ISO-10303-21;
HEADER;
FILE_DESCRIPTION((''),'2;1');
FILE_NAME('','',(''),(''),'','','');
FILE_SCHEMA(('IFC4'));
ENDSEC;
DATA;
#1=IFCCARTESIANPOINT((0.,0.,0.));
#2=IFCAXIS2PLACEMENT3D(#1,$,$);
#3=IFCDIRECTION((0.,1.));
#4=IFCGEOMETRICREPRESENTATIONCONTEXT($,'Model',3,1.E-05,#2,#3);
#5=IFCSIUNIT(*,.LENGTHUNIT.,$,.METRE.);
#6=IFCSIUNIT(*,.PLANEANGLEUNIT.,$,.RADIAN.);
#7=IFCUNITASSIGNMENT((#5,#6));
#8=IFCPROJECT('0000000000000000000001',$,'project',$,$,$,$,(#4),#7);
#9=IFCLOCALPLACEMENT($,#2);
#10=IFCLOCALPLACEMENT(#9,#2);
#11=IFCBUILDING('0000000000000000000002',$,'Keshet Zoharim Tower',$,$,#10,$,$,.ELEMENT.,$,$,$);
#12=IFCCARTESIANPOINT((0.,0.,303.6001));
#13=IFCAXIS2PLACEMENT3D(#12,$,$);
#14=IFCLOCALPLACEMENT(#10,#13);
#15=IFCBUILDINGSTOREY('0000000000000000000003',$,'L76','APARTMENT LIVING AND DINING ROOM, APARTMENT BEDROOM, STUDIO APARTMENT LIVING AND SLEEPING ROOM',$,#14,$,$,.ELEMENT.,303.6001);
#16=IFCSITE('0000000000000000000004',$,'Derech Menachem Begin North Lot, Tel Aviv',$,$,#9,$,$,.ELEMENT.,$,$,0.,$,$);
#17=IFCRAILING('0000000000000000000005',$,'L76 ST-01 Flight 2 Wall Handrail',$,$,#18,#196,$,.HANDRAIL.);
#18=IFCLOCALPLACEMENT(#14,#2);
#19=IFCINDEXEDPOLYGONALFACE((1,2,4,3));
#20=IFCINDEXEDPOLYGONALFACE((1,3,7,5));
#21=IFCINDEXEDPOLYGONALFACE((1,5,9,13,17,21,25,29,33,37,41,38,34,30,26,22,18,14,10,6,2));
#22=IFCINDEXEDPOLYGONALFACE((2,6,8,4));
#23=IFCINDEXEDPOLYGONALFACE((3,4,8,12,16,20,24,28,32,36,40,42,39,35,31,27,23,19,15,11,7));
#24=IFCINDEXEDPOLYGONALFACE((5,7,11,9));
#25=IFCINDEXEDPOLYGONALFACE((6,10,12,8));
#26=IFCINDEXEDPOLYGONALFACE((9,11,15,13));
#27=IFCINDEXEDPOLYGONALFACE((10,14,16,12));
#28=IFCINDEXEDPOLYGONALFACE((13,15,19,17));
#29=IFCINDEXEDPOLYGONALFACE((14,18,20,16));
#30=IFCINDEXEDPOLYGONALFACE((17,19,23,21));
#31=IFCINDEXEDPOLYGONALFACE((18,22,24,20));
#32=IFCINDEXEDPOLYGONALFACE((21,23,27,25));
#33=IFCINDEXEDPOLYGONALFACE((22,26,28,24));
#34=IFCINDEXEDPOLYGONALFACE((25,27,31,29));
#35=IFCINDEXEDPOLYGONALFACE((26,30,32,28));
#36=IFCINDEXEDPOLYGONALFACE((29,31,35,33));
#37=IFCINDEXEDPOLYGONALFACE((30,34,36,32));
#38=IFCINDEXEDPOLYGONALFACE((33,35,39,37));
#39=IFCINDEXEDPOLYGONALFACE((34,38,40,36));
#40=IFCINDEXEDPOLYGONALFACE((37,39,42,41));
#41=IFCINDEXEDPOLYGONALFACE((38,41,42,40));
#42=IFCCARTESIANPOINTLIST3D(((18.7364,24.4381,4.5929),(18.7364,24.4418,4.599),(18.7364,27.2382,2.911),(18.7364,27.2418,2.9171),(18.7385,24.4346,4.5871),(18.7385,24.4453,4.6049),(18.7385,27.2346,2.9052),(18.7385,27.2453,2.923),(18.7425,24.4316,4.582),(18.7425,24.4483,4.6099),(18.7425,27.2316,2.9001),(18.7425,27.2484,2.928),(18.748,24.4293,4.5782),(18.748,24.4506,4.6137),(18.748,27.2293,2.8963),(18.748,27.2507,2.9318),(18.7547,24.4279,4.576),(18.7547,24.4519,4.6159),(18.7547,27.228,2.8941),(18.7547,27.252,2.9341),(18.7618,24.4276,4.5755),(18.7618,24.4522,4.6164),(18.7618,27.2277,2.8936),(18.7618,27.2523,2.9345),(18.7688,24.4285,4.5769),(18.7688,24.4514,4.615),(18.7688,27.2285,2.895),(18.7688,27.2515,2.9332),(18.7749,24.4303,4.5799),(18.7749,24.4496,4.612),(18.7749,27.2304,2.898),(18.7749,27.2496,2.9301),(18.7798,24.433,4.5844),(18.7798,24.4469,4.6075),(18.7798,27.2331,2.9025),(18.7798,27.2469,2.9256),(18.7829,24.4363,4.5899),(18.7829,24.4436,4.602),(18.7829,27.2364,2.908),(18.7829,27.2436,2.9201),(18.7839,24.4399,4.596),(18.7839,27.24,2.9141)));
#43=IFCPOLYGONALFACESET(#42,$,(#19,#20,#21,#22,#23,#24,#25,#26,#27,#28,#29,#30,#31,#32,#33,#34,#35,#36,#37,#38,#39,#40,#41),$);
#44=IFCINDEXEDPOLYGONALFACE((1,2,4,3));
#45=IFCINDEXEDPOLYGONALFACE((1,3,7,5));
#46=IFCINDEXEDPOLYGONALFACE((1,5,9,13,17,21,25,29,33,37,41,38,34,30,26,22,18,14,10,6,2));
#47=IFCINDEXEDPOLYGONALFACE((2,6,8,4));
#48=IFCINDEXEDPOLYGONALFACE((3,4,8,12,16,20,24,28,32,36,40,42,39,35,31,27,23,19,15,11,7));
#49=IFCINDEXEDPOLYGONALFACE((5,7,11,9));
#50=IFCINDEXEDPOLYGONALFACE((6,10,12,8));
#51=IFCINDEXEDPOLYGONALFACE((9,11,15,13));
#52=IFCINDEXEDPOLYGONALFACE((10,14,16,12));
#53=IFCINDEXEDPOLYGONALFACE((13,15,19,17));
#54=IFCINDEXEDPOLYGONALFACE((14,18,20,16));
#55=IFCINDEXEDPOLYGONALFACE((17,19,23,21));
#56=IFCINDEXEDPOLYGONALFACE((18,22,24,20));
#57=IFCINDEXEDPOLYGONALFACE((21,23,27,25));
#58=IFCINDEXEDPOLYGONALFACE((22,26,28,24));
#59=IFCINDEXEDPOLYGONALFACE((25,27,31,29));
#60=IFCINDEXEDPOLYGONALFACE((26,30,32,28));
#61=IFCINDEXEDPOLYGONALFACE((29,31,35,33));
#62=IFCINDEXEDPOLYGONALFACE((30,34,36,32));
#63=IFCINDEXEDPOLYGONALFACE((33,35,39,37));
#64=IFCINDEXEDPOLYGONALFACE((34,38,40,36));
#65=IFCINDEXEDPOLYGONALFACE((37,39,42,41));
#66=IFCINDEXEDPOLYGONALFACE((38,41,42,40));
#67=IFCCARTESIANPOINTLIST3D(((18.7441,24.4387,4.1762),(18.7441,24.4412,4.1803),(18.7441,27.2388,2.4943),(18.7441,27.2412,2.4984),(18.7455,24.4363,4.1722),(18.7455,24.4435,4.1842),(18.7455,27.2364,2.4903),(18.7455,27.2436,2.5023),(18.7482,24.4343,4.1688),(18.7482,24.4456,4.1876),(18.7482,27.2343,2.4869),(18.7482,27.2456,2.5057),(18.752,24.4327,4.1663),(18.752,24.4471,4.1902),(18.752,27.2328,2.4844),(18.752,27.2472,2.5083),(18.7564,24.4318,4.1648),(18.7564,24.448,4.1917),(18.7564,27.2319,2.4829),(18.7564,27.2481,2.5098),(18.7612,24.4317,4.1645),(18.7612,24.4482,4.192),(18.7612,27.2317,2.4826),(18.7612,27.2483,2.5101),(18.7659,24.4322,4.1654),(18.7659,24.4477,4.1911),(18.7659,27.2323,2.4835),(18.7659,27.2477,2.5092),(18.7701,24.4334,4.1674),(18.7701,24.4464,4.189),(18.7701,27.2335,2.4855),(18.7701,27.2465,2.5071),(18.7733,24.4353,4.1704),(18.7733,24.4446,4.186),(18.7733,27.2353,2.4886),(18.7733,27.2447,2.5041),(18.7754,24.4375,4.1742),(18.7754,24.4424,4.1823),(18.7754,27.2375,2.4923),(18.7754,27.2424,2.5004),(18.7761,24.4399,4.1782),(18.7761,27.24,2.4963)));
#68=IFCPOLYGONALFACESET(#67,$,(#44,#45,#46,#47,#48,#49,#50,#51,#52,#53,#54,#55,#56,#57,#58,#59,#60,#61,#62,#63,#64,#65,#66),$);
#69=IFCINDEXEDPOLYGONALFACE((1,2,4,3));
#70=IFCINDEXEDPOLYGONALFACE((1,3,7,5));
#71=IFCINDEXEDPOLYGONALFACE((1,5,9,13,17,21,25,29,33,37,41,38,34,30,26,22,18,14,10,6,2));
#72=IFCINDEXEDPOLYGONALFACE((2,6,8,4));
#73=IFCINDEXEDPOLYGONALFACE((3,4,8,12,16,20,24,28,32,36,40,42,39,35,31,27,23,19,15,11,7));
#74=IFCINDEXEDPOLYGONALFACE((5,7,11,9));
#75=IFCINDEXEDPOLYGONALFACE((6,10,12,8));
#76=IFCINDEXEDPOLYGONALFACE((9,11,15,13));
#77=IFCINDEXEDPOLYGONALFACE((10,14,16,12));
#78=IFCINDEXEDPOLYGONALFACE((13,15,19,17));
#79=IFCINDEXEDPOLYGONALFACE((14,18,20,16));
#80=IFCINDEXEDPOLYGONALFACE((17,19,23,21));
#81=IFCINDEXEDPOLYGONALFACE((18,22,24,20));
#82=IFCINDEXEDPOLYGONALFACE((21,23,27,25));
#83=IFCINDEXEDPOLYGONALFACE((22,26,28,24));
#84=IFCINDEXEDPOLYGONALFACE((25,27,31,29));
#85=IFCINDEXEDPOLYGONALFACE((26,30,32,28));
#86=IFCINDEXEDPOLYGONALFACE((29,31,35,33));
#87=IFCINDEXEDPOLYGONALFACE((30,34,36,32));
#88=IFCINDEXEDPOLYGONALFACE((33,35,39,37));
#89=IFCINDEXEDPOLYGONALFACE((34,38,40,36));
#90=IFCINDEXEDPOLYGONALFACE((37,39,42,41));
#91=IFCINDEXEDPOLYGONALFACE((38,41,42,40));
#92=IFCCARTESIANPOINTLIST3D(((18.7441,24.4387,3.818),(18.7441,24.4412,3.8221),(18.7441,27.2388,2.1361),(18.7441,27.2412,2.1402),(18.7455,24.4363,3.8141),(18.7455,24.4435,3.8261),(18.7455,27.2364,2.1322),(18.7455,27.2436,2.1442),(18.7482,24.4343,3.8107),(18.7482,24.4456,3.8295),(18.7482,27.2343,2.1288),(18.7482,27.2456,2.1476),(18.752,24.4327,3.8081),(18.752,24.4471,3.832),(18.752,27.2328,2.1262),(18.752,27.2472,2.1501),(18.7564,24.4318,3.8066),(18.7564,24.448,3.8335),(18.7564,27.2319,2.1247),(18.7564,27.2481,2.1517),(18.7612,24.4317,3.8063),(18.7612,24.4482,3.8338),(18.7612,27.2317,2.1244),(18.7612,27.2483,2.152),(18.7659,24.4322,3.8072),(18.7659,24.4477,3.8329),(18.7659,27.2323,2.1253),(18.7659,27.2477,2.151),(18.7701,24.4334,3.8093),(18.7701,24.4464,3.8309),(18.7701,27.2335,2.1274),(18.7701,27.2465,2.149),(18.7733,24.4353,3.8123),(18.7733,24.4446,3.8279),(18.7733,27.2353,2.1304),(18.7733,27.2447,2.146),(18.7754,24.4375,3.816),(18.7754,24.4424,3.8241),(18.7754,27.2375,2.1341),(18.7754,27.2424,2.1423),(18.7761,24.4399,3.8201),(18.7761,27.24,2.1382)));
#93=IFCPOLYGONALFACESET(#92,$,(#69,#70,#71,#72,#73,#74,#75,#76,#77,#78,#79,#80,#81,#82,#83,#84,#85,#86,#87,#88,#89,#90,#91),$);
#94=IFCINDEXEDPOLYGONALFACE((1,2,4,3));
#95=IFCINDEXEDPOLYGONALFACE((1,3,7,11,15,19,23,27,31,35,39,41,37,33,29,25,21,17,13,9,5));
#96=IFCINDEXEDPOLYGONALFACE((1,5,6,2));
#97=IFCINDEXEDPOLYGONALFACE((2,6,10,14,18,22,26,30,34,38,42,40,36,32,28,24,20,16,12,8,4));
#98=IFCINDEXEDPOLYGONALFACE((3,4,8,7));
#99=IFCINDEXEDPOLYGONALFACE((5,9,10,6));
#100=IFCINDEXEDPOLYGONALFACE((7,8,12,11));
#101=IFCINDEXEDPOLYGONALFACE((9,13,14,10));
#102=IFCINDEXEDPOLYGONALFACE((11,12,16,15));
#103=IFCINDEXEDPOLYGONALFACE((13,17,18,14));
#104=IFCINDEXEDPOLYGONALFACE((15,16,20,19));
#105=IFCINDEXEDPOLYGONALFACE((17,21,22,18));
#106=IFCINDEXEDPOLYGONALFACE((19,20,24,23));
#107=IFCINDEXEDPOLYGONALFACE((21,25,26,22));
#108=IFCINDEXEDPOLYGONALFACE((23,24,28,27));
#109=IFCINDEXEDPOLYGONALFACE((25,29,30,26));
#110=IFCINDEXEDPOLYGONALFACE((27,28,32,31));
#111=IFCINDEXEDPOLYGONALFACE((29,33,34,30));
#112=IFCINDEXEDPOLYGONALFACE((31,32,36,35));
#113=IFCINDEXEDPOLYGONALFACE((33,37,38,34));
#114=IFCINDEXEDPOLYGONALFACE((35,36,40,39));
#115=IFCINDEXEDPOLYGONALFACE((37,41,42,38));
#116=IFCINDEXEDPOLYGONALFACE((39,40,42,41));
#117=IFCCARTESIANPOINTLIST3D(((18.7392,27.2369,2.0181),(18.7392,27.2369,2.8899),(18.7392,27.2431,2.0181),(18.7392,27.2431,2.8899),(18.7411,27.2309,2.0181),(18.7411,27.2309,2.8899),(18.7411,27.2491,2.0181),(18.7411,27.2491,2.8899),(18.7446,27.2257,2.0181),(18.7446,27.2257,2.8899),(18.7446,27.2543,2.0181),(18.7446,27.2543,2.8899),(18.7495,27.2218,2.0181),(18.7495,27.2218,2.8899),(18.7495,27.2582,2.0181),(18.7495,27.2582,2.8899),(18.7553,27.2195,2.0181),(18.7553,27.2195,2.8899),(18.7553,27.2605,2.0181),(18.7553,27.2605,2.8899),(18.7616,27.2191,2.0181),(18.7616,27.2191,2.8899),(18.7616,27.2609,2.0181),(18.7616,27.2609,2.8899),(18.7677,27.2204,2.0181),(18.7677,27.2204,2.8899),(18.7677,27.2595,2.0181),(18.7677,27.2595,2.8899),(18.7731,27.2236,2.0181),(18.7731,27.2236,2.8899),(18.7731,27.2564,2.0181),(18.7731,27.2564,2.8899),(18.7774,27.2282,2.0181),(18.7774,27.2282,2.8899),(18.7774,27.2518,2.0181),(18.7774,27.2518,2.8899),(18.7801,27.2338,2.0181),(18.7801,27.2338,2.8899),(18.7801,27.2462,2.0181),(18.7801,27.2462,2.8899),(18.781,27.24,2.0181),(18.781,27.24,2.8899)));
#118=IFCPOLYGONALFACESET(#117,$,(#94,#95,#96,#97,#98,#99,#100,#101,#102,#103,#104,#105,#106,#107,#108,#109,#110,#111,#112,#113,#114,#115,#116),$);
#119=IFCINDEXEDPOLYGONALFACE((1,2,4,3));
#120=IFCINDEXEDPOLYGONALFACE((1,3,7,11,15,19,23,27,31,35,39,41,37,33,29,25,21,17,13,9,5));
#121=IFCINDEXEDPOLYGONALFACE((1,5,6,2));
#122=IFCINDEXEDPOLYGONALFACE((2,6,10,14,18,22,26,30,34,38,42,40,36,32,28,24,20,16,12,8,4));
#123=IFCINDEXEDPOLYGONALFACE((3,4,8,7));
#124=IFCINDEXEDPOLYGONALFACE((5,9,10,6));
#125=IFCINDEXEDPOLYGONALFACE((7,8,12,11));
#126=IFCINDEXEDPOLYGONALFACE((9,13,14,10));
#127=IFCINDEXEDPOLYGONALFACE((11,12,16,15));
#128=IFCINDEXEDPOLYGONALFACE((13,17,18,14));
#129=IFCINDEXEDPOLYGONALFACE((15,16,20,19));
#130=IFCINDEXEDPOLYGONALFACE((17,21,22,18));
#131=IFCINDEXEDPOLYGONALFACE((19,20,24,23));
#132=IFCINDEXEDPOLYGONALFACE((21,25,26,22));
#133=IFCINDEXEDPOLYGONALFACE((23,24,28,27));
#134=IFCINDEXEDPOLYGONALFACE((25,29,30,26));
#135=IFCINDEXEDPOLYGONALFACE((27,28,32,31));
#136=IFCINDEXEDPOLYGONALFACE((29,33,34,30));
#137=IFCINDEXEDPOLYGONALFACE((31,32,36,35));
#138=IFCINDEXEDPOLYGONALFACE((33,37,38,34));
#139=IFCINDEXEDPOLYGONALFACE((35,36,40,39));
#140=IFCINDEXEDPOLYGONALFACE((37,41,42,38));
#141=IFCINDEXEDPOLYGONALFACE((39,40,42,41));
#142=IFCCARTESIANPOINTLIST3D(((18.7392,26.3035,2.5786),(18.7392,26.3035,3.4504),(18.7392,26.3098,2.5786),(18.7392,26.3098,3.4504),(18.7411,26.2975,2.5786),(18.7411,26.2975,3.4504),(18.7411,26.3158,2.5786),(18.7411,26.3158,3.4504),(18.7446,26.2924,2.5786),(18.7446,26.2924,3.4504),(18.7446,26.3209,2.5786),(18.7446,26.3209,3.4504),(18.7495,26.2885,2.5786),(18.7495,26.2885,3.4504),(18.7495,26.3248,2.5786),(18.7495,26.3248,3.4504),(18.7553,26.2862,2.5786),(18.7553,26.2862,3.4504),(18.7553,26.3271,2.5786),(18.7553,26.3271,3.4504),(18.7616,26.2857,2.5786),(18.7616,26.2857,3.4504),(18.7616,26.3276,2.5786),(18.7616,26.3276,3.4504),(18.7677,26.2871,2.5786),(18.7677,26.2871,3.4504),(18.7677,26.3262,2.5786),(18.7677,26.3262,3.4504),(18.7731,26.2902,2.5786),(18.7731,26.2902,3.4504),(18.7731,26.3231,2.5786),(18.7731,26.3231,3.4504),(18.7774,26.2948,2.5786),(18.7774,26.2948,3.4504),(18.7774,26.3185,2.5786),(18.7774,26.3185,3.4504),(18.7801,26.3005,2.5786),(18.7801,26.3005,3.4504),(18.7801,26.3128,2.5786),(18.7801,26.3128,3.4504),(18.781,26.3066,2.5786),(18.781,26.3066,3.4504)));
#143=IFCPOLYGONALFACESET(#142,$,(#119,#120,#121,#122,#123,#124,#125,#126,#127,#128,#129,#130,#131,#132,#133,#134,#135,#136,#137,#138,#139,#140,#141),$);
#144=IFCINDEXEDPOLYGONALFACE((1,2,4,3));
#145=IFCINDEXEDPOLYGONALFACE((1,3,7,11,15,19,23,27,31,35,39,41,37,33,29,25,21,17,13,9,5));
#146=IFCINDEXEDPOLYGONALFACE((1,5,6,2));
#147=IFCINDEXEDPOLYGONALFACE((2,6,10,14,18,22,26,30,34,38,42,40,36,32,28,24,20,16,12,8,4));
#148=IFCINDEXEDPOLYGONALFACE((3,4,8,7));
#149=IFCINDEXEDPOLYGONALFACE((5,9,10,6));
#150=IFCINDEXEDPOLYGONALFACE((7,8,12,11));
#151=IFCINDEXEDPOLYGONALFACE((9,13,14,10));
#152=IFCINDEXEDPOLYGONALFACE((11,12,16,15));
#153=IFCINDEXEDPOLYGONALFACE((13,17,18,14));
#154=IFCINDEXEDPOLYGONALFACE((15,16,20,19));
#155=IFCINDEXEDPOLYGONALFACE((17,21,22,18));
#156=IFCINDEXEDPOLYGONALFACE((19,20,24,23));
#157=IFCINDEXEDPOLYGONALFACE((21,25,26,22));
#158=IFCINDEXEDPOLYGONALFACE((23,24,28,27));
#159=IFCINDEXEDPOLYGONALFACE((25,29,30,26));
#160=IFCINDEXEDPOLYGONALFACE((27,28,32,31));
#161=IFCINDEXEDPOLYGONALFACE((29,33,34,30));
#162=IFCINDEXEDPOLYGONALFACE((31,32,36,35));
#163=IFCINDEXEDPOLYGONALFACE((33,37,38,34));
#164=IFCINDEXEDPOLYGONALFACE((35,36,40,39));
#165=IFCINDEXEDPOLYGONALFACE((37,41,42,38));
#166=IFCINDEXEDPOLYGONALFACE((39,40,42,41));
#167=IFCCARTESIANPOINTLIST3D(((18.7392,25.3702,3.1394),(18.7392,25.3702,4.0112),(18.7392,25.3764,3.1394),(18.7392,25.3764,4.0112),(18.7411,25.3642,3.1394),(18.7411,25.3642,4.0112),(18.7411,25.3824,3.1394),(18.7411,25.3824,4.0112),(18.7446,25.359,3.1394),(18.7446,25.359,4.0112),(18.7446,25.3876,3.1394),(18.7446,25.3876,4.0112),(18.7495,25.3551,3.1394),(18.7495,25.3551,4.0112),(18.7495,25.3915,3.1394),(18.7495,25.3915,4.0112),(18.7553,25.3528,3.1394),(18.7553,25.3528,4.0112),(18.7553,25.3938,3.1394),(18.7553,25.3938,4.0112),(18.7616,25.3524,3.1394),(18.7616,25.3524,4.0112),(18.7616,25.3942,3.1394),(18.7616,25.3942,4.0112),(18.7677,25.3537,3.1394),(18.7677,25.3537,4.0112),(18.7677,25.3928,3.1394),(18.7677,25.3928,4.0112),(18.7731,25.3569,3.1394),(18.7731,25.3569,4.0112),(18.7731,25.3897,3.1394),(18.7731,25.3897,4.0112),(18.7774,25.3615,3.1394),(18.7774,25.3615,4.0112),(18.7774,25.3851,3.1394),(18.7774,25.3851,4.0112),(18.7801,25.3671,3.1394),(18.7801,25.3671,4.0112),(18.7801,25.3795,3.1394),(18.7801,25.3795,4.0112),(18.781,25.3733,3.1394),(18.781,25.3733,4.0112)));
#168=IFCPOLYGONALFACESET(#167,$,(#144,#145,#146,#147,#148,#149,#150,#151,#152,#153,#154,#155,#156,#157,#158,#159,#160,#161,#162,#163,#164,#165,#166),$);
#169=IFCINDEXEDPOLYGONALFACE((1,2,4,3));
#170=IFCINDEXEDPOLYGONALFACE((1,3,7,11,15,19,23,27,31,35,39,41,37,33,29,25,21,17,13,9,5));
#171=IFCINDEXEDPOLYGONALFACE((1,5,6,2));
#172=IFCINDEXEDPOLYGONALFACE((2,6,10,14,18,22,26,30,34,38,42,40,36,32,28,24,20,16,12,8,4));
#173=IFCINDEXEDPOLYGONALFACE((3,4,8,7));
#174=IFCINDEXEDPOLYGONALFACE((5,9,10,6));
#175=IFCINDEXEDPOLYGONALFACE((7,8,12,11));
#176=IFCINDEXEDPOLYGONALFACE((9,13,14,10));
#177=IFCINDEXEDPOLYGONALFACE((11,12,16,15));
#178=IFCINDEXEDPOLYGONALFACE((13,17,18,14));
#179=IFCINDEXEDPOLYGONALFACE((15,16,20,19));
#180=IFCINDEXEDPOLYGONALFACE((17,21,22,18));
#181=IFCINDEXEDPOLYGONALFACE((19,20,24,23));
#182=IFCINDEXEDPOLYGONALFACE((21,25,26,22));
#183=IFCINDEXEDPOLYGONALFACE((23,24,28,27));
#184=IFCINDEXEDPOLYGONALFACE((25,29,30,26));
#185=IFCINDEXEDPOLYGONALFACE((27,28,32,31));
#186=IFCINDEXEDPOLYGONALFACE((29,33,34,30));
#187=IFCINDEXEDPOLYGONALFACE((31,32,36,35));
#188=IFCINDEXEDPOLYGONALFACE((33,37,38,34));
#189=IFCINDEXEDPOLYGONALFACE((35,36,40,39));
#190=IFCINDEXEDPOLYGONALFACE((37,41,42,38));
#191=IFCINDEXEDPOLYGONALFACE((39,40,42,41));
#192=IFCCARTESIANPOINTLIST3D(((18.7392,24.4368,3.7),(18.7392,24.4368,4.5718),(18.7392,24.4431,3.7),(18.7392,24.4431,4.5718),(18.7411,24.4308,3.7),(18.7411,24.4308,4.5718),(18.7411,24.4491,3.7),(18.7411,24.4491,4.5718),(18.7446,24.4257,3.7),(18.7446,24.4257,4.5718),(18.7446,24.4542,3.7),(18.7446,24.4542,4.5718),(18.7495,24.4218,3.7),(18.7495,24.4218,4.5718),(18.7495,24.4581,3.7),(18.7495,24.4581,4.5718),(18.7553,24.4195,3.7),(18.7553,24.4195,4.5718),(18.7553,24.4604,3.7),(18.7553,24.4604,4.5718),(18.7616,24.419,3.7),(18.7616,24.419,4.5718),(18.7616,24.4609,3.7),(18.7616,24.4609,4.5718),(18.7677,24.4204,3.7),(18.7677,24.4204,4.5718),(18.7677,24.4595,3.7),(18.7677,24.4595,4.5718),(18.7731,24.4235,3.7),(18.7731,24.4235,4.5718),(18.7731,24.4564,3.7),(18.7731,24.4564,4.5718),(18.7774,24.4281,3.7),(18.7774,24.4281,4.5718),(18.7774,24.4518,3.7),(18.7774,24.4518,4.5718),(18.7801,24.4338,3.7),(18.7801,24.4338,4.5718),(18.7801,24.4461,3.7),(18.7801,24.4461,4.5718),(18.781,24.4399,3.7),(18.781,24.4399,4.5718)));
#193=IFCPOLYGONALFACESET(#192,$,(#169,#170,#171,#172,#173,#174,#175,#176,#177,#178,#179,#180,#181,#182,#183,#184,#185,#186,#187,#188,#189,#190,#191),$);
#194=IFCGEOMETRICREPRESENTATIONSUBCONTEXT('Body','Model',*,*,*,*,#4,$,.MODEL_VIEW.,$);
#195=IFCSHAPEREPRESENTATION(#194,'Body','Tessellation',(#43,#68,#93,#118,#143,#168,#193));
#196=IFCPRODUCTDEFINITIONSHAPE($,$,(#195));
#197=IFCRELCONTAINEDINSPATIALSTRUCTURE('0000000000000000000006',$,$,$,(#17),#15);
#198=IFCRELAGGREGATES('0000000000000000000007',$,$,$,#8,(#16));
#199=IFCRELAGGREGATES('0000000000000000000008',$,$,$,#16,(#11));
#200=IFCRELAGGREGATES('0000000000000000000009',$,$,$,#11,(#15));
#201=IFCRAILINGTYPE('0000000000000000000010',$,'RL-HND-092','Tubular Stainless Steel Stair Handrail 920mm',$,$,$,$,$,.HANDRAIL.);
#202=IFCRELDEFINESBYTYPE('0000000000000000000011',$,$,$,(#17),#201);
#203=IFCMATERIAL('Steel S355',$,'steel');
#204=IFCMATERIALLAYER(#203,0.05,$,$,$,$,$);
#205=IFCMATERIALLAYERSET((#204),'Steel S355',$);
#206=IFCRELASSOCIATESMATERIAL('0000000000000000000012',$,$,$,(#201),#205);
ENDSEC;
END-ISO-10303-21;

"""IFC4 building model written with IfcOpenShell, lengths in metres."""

from ifc_helpers import new_model, si_unit, direction, frame, origin, origin_2d, place, context, subcontext, project, spatial, circle, extrude, material, layer, layer_set, type_object, element, save


model = new_model("IFC4")

# Units and contexts
model_context = context("Model", 3, precision=1e-05, world=origin(), true_north=direction((0.0, 1.0)))
body_context = subcontext(model_context, "Body", "Model", "MODEL_VIEW")
ifc_project = project(units=[si_unit("LENGTHUNIT", "METRE"), si_unit("PLANEANGLEUNIT", "RADIAN")], contexts=[model_context])

# Site, building, storey
site_placement = place(None, origin())
site = spatial("IfcSite", under=ifc_project, at=site_placement, Name="Derech Menachem Begin North Lot, Tel Aviv", CompositionType="ELEMENT", RefElevation=0.0)
building_placement = place(site_placement, origin())
building = spatial("IfcBuilding", under=site, at=building_placement, Name="Keshet Zoharim Tower", CompositionType="ELEMENT")
storey_placement = place(building_placement, frame((0.0, 0.0, 303.6001)))
storey = spatial("IfcBuildingStorey", under=building, at=storey_placement, Name="L76", Description="APARTMENT LIVING AND DINING ROOM, APARTMENT BEDROOM, STUDIO APARTMENT LIVING AND SLEEPING ROOM", CompositionType="ELEMENT", Elevation=303.6001)

# Shared definitions
ifc_material_1 = material(Name="Steel S355", Category="steel")

# Railing
ifc_layer_1 = layer(ifc_material_1, 0.05)
ifc_layer_set_1 = layer_set([ifc_layer_1], Name="Steel S355")
railing_type_1 = type_object("IfcRailingType", Name="RL-HND-092", Description="Tubular Stainless Steel Stair Handrail 920mm", PredefinedType="HANDRAIL", material=ifc_layer_set_1)
railing_1_placement = place(storey_placement, frame((18.76, 27.24, 2.0181)))
element("IfcRailing", 1, at=railing_1_placement, inside=storey, type_object=railing_type_1, Name="L76 ST-01 Flight 2 Wall Handrail", PredefinedType="HANDRAIL", context=body_context, shape_type="SweptSolid", body=[
    extrude(circle(Radius=0.0239, at=origin_2d()), frame((0.0, 0.0, 0.896), z_axis=(0.0, -0.857242, 0.514913), x_axis=(1.0, 0.0, 0.0)), (0.0, 0.0, 1.0), 3.2664),
    extrude(circle(Radius=0.0161, at=origin_2d()), frame((0.0, 0.0, 0.4783), z_axis=(0.0, -0.857242, 0.514913), x_axis=(1.0, 0.0, 0.0)), (0.0, 0.0, 1.0), 3.2664),
    extrude(circle(Radius=0.0161, at=origin_2d()), frame((0.0, 0.0, 0.1201), z_axis=(0.0, -0.857242, 0.514913), x_axis=(1.0, 0.0, 0.0)), (0.0, 0.0, 1.0), 3.2664),
    extrude(circle(Radius=0.021, at=origin_2d()), origin(), (0.0, 0.0, 1.0), 0.8718),
    extrude(circle(Radius=0.021, at=origin_2d()), frame((0.0, -0.9333, 0.5605)), (0.0, 0.0, 1.0), 0.8718),
    extrude(circle(Radius=0.021, at=origin_2d()), frame((0.0, -1.8667, 1.1213)), (0.0, 0.0, 1.0), 0.8718),
    extrude(circle(Radius=0.021, at=origin_2d()), frame((0.0, -2.8, 1.6819)), (0.0, 0.0, 1.0), 0.8718),
])

save(model, "model.ifc")
